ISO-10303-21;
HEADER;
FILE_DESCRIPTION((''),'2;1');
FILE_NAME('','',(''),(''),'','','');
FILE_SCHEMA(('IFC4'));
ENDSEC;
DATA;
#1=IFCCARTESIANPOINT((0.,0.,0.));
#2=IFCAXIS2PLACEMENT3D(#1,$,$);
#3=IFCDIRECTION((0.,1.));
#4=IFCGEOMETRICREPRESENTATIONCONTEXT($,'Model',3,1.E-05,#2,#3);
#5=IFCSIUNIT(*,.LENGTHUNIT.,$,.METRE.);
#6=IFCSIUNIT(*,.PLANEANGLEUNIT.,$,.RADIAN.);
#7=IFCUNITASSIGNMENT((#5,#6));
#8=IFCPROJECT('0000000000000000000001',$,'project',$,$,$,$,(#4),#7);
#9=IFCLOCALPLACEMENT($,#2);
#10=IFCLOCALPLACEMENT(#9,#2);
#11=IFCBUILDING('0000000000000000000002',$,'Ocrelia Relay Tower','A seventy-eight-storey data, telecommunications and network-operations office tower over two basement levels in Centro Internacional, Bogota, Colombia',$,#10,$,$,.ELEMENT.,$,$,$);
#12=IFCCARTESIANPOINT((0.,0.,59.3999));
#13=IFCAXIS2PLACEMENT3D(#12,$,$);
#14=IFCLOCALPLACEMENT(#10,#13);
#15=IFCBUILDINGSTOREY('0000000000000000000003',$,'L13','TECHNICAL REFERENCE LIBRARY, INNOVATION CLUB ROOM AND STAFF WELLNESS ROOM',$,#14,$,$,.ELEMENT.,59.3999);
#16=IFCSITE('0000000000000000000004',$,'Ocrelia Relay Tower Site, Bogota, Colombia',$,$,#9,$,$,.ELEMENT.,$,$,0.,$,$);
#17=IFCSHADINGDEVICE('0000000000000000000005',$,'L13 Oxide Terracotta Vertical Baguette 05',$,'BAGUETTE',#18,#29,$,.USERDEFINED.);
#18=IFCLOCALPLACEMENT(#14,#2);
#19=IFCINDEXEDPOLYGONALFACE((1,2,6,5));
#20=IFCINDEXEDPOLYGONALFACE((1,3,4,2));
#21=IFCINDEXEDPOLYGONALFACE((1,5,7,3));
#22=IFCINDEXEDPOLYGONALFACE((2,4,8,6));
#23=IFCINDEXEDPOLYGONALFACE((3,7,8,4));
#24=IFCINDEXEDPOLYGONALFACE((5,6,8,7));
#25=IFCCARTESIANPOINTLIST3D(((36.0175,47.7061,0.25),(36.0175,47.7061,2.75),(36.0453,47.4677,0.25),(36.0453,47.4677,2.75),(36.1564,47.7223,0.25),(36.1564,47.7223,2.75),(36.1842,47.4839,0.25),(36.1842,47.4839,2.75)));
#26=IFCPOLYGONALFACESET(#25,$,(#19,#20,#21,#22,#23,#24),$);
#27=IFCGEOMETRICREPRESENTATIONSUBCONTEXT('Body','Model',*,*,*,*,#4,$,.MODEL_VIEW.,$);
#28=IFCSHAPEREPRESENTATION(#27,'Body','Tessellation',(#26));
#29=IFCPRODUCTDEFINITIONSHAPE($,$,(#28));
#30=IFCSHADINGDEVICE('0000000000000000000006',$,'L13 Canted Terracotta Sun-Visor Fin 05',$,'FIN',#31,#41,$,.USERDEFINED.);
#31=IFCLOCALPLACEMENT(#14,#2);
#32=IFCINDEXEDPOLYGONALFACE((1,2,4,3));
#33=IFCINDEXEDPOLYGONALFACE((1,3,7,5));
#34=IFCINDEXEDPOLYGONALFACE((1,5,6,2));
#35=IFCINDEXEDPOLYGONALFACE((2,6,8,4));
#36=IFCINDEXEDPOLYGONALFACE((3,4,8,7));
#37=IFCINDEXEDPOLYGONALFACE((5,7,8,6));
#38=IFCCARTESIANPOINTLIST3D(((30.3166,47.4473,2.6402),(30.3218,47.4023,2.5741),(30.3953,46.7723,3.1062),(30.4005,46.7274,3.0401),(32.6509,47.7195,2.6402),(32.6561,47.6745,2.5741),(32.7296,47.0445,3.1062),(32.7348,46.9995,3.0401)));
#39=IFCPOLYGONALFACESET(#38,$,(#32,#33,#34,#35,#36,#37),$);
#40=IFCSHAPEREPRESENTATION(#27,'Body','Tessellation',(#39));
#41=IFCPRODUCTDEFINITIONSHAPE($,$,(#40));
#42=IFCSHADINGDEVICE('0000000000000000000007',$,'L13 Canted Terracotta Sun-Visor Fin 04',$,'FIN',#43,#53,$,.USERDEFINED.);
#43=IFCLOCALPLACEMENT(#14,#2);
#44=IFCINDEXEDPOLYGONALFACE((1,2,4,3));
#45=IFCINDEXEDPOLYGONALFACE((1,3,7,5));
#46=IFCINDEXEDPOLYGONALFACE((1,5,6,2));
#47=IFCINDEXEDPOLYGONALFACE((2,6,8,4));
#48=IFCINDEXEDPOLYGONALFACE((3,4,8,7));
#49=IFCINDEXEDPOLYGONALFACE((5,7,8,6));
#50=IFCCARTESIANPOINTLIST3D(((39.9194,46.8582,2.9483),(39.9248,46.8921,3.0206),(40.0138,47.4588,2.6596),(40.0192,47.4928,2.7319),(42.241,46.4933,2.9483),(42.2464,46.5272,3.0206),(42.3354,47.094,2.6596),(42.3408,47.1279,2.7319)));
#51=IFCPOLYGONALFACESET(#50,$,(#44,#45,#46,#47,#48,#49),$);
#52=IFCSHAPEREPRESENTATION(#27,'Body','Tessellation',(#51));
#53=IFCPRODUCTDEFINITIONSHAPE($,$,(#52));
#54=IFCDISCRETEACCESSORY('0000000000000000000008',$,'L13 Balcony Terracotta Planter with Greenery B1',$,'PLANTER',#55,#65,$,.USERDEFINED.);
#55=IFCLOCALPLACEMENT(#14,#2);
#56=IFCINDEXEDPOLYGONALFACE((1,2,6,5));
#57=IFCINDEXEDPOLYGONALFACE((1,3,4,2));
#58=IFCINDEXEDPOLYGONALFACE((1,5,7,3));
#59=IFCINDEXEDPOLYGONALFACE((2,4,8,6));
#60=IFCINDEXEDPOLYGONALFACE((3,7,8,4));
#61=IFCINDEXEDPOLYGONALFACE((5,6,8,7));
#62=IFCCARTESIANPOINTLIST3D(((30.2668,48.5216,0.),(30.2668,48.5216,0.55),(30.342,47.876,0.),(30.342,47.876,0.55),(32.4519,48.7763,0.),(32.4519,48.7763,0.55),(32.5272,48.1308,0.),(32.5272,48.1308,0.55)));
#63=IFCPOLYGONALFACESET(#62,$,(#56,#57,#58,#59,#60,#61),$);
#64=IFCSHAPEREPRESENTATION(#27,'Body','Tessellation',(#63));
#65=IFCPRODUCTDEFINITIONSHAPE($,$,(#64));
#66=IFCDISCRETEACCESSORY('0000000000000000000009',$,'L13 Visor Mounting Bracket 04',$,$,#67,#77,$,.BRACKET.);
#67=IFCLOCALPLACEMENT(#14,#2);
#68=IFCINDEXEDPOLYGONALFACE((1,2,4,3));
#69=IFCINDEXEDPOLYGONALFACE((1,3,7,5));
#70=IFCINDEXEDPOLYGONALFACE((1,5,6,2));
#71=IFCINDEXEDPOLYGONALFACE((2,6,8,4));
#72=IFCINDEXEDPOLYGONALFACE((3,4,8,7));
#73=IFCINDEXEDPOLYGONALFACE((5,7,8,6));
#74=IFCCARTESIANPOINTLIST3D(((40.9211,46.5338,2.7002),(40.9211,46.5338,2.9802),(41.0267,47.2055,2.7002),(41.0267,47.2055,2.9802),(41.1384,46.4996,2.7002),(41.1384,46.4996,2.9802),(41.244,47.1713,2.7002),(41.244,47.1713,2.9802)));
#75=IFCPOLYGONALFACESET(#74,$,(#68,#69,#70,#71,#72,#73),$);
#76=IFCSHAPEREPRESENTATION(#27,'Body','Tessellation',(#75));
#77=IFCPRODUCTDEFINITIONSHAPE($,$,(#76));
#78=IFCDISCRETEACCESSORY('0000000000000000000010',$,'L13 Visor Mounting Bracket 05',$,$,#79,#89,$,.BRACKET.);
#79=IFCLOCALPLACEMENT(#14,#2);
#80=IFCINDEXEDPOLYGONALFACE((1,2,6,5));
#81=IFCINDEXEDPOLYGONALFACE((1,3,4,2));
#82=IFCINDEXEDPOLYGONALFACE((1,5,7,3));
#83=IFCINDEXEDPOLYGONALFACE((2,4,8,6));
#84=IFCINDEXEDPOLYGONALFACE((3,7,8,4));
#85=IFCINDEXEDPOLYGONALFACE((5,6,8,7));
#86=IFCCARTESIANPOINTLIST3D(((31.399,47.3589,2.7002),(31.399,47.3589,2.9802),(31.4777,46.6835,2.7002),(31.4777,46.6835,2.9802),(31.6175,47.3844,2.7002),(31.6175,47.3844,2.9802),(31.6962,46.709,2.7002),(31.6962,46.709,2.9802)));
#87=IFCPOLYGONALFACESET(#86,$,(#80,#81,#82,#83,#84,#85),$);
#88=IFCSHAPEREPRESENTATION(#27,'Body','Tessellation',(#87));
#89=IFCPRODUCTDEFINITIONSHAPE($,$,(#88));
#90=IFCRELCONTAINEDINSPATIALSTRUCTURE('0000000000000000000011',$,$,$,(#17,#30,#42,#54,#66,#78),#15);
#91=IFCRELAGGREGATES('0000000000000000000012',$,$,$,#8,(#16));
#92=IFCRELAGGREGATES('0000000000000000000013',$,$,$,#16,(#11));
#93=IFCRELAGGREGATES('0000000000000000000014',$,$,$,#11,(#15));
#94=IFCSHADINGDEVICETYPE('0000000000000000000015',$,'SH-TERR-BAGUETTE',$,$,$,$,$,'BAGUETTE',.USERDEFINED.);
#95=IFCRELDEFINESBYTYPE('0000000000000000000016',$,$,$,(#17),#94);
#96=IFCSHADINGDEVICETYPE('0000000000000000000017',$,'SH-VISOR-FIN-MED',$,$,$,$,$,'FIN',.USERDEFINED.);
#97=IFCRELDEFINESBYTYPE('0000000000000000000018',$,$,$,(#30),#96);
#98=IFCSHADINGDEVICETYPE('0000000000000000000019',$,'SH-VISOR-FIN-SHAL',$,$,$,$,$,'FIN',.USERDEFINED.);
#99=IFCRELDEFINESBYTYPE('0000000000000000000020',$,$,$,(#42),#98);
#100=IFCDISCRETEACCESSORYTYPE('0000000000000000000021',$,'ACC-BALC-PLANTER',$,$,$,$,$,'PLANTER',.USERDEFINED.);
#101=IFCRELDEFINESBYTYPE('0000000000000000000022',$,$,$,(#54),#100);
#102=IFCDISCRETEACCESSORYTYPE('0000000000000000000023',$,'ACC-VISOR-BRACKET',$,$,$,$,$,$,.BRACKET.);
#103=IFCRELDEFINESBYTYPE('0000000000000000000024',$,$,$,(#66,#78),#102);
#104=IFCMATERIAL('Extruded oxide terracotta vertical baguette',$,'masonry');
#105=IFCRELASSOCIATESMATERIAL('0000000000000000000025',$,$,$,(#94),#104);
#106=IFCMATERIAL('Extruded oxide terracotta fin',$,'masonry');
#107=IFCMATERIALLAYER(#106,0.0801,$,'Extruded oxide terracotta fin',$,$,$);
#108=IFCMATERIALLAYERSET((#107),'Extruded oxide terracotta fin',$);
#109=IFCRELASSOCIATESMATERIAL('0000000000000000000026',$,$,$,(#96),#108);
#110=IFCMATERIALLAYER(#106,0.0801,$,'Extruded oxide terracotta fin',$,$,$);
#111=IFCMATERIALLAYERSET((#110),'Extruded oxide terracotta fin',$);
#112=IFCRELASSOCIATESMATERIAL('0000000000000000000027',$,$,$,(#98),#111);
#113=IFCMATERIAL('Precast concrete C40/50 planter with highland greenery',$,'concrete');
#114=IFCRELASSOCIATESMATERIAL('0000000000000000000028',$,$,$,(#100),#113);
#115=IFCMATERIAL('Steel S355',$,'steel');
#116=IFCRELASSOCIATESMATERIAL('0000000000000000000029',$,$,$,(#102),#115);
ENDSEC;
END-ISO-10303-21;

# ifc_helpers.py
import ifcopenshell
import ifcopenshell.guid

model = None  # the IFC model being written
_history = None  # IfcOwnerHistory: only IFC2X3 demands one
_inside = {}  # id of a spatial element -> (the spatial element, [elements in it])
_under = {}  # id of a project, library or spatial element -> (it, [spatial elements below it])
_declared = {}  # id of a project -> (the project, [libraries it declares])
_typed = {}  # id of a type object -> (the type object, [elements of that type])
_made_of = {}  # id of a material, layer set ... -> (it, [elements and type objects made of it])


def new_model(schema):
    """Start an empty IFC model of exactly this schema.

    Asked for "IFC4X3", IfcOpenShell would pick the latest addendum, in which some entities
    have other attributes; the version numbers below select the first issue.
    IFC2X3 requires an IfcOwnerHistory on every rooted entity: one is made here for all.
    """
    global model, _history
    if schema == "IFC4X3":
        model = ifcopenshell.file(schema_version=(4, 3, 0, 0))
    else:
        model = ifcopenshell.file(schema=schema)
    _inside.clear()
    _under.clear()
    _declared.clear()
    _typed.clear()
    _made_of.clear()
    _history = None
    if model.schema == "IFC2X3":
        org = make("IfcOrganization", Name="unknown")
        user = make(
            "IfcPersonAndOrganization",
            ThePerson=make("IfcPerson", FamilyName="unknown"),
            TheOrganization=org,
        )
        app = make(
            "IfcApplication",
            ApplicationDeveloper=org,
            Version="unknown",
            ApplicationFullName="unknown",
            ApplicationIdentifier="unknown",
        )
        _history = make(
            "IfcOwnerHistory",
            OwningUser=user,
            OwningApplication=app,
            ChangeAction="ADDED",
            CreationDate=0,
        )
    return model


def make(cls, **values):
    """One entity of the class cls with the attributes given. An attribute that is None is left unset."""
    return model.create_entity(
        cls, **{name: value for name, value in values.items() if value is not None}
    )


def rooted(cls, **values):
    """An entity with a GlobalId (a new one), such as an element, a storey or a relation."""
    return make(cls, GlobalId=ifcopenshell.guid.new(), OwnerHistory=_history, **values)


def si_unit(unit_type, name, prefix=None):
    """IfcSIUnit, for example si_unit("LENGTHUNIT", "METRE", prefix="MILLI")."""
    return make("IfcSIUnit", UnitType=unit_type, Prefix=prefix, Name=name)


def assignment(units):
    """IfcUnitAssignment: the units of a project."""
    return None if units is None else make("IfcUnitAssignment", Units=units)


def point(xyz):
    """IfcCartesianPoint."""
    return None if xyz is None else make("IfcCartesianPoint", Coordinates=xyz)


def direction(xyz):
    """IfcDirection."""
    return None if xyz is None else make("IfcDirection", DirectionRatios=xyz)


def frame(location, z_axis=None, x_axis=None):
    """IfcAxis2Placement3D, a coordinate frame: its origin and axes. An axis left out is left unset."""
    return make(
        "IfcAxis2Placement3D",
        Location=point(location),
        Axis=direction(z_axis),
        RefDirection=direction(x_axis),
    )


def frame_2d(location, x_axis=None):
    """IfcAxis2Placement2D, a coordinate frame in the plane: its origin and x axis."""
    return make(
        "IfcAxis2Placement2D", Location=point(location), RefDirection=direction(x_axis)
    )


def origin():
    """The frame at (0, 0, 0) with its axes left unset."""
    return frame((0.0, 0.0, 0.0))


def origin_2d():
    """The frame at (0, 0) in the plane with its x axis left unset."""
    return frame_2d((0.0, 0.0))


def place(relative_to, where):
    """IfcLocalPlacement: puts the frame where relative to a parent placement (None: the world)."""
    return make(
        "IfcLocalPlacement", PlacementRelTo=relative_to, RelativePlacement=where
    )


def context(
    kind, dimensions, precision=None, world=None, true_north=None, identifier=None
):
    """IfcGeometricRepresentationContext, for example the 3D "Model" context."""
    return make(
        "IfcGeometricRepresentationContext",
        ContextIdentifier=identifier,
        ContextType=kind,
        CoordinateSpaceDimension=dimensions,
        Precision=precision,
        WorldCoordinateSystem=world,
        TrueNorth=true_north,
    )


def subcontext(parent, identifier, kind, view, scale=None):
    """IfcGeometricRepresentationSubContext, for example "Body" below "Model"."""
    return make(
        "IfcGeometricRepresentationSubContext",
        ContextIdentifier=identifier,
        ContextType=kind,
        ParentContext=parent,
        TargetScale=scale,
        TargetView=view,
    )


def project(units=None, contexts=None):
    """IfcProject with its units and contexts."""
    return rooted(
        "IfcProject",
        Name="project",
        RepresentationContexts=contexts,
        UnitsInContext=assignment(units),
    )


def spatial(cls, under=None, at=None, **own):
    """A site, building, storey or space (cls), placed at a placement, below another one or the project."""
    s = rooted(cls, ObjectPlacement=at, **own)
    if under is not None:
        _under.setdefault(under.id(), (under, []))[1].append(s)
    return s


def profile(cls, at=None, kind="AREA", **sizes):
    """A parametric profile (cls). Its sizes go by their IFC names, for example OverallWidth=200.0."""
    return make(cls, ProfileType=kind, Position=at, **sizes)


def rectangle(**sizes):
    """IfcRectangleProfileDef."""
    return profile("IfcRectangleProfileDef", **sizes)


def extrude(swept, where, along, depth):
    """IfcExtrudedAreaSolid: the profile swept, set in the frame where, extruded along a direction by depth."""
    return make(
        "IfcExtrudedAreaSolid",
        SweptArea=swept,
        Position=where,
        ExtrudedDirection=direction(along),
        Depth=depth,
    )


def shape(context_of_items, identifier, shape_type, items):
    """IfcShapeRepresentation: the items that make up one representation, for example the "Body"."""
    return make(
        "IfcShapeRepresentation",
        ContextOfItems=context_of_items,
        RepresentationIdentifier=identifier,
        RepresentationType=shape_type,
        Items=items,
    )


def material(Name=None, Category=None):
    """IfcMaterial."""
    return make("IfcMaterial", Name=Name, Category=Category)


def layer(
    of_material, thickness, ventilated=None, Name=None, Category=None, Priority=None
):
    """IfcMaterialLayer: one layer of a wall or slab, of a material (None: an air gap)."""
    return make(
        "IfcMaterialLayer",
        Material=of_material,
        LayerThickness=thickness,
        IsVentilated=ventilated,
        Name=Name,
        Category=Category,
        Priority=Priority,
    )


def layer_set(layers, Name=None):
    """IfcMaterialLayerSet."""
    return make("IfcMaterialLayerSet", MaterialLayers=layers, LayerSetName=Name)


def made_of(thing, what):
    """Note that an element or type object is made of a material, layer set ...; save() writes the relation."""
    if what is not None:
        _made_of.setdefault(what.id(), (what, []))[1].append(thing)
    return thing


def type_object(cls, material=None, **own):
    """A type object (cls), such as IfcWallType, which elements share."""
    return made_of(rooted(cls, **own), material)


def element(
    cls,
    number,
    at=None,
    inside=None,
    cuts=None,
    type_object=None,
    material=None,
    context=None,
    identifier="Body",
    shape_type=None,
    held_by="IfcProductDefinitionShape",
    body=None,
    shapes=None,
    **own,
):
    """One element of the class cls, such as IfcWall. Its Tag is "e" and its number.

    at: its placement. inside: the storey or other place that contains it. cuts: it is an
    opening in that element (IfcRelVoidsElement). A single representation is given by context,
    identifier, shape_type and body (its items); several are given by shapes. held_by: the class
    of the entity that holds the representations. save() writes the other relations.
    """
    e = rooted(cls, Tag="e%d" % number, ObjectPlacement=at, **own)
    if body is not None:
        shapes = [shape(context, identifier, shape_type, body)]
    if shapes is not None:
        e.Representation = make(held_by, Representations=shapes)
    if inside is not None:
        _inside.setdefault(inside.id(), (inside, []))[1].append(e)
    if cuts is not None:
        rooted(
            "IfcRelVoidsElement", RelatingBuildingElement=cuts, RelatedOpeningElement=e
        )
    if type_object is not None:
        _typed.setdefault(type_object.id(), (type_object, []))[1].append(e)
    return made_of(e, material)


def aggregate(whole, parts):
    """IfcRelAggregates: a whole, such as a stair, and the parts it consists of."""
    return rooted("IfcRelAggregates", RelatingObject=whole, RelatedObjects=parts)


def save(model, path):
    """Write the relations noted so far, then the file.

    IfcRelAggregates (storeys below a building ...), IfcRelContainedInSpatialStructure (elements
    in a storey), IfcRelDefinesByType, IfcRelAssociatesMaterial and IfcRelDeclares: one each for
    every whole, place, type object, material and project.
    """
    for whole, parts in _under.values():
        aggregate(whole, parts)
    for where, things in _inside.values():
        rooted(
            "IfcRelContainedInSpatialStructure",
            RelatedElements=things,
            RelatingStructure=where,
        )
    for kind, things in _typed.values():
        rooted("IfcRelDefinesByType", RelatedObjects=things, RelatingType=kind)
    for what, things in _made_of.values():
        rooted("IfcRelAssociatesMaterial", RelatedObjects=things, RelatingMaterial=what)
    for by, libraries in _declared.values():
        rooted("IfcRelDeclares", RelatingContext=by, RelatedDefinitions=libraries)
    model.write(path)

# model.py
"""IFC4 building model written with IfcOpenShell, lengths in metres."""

from ifc_helpers import new_model, si_unit, direction, frame, origin, origin_2d, place, context, subcontext, project, spatial, rectangle, extrude, material, layer, layer_set, type_object, element, save


model = new_model("IFC4")

# Units and contexts
model_context = context("Model", 3, precision=1e-05, world=origin(), true_north=direction((0.0, 1.0)))
body_context = subcontext(model_context, "Body", "Model", "MODEL_VIEW")
ifc_project = project(units=[si_unit("LENGTHUNIT", "METRE"), si_unit("PLANEANGLEUNIT", "RADIAN")], contexts=[model_context])

# Site, building, storey
site_placement = place(None, origin())
site = spatial("IfcSite", under=ifc_project, at=site_placement, Name="Ocrelia Relay Tower Site, Bogota, Colombia", CompositionType="ELEMENT", RefElevation=0.0)
building_placement = place(site_placement, origin())
building = spatial("IfcBuilding", under=site, at=building_placement, Name="Ocrelia Relay Tower", Description="A seventy-eight-storey data, telecommunications and network-operations office tower over two basement levels in Centro Internacional, Bogota, Colombia", CompositionType="ELEMENT")
storey_placement = place(building_placement, frame((0.0, 0.0, 59.3999)))
storey = spatial("IfcBuildingStorey", under=building, at=storey_placement, Name="L13", Description="TECHNICAL REFERENCE LIBRARY, INNOVATION CLUB ROOM AND STAFF WELLNESS ROOM", CompositionType="ELEMENT", Elevation=59.3999)

# Shared definitions
ifc_material_1 = material(Name="Steel S355", Category="steel")

# Shading devices
ifc_material_2 = material(Name="Extruded oxide terracotta vertical baguette", Category="masonry")
shading_device_type_1 = type_object("IfcShadingDeviceType", Name="SH-TERR-BAGUETTE", ElementType="BAGUETTE", PredefinedType="USERDEFINED", material=ifc_material_2)
shading_device_1_placement = place(storey_placement, frame((36.1008, 47.595, 0.25), z_axis=(0.0, 0.0, 1.0), x_axis=(-0.993272, -0.115807, 0.0)))
element("IfcShadingDevice", 1, at=shading_device_1_placement, inside=storey, type_object=shading_device_type_1, Name="L13 Oxide Terracotta Vertical Baguette 05", ObjectType="BAGUETTE", PredefinedType="USERDEFINED", context=body_context, shape_type="SweptSolid", body=[
    extrude(rectangle(XDim=0.1399, YDim=0.24, at=origin_2d()), origin(), (0.0, 0.0, 1.0), 2.5),
])
ifc_material_3 = material(Name="Extruded oxide terracotta fin", Category="masonry")
ifc_layer_1 = layer(ifc_material_3, 0.0801, Name="Extruded oxide terracotta fin")
ifc_layer_set_1 = layer_set([ifc_layer_1], Name="Extruded oxide terracotta fin")
shading_device_type_2 = type_object("IfcShadingDeviceType", Name="SH-VISOR-FIN-MED", ElementType="FIN", PredefinedType="USERDEFINED", material=ifc_layer_set_1)
shading_device_2_placement = place(storey_placement, frame((31.5283, 47.2009, 2.8071), z_axis=(-0.065494, 0.561738, 0.824719), x_axis=(-0.993272, -0.115807, 0.0)))
element("IfcShadingDevice", 2, at=shading_device_2_placement, inside=storey, type_object=shading_device_type_2, Name="L13 Canted Terracotta Sun-Visor Fin 05", ObjectType="FIN", PredefinedType="USERDEFINED", context=body_context, shape_type="SweptSolid", body=[
    extrude(rectangle(XDim=2.3501, YDim=0.824, at=origin_2d()), origin(), (0.0, 0.0, 1.0), 0.0801),
])
ifc_layer_2 = layer(ifc_material_3, 0.0801, Name="Extruded oxide terracotta fin")
ifc_layer_set_2 = layer_set([ifc_layer_2], Name="Extruded oxide terracotta fin")
shading_device_type_3 = type_object("IfcShadingDeviceType", Name="SH-VISOR-FIN-SHAL", ElementType="FIN", PredefinedType="USERDEFINED", material=ifc_layer_set_2)
shading_device_3_placement = place(storey_placement, frame((41.1274, 46.9761, 2.804), z_axis=(0.066599, 0.423733, 0.903335), x_axis=(-0.987873, 0.155265, 0.0)))
element("IfcShadingDevice", 3, at=shading_device_3_placement, inside=storey, type_object=shading_device_type_3, Name="L13 Canted Terracotta Sun-Visor Fin 04", ObjectType="FIN", PredefinedType="USERDEFINED", context=body_context, shape_type="SweptSolid", body=[
    extrude(rectangle(XDim=2.3501, YDim=0.6731, at=origin_2d()), origin(), (0.0, 0.0, 1.0), 0.0801),
])

# Discrete accessories
ifc_material_4 = material(Name="Precast concrete C40/50 planter with highland greenery", Category="concrete")
discrete_accessory_type_1 = type_object("IfcDiscreteAccessoryType", Name="ACC-BALC-PLANTER", ElementType="PLANTER", PredefinedType="USERDEFINED", material=ifc_material_4)
discrete_accessory_placement = place(storey_placement, frame((31.397, 48.3262, 0.0), z_axis=(0.0, 0.0, 1.0), x_axis=(0.993273, 0.115796, 0.0)))
element("IfcDiscreteAccessory", 4, at=discrete_accessory_placement, inside=storey, type_object=discrete_accessory_type_1, Name="L13 Balcony Terracotta Planter with Greenery B1", ObjectType="PLANTER", PredefinedType="USERDEFINED", context=body_context, shape_type="SweptSolid", body=[
    extrude(rectangle(XDim=2.2, YDim=0.6499, at=origin_2d()), origin(), (0.0, 0.0, 1.0), 0.55),
])
discrete_accessory_type_2 = type_object("IfcDiscreteAccessoryType", Name="ACC-VISOR-BRACKET", PredefinedType="BRACKET", material=ifc_material_1)
for number, where, z_axis, x_axis, name in (
    (5, (41.0825, 46.8525, 2.7002), (0.0, 0.0, 1.0), (-0.987873, 0.155265, 0.0), "L13 Visor Mounting Bracket 04"),
    (6, (31.5476, 47.0339, 2.7002), (0.0, 0.0, 1.0), (-0.993272, -0.115807, 0.0), "L13 Visor Mounting Bracket 05"),
):
    element("IfcDiscreteAccessory", number, at=place(storey_placement, frame(where, z_axis=z_axis, x_axis=x_axis)), inside=storey, type_object=discrete_accessory_type_2, Name=name, PredefinedType="BRACKET", context=body_context, shape_type="SweptSolid", body=[
        extrude(rectangle(XDim=0.22, YDim=0.6799, at=origin_2d()), origin(), (0.0, 0.0, 1.0), 0.28),
    ])

save(model, "model.ifc")
